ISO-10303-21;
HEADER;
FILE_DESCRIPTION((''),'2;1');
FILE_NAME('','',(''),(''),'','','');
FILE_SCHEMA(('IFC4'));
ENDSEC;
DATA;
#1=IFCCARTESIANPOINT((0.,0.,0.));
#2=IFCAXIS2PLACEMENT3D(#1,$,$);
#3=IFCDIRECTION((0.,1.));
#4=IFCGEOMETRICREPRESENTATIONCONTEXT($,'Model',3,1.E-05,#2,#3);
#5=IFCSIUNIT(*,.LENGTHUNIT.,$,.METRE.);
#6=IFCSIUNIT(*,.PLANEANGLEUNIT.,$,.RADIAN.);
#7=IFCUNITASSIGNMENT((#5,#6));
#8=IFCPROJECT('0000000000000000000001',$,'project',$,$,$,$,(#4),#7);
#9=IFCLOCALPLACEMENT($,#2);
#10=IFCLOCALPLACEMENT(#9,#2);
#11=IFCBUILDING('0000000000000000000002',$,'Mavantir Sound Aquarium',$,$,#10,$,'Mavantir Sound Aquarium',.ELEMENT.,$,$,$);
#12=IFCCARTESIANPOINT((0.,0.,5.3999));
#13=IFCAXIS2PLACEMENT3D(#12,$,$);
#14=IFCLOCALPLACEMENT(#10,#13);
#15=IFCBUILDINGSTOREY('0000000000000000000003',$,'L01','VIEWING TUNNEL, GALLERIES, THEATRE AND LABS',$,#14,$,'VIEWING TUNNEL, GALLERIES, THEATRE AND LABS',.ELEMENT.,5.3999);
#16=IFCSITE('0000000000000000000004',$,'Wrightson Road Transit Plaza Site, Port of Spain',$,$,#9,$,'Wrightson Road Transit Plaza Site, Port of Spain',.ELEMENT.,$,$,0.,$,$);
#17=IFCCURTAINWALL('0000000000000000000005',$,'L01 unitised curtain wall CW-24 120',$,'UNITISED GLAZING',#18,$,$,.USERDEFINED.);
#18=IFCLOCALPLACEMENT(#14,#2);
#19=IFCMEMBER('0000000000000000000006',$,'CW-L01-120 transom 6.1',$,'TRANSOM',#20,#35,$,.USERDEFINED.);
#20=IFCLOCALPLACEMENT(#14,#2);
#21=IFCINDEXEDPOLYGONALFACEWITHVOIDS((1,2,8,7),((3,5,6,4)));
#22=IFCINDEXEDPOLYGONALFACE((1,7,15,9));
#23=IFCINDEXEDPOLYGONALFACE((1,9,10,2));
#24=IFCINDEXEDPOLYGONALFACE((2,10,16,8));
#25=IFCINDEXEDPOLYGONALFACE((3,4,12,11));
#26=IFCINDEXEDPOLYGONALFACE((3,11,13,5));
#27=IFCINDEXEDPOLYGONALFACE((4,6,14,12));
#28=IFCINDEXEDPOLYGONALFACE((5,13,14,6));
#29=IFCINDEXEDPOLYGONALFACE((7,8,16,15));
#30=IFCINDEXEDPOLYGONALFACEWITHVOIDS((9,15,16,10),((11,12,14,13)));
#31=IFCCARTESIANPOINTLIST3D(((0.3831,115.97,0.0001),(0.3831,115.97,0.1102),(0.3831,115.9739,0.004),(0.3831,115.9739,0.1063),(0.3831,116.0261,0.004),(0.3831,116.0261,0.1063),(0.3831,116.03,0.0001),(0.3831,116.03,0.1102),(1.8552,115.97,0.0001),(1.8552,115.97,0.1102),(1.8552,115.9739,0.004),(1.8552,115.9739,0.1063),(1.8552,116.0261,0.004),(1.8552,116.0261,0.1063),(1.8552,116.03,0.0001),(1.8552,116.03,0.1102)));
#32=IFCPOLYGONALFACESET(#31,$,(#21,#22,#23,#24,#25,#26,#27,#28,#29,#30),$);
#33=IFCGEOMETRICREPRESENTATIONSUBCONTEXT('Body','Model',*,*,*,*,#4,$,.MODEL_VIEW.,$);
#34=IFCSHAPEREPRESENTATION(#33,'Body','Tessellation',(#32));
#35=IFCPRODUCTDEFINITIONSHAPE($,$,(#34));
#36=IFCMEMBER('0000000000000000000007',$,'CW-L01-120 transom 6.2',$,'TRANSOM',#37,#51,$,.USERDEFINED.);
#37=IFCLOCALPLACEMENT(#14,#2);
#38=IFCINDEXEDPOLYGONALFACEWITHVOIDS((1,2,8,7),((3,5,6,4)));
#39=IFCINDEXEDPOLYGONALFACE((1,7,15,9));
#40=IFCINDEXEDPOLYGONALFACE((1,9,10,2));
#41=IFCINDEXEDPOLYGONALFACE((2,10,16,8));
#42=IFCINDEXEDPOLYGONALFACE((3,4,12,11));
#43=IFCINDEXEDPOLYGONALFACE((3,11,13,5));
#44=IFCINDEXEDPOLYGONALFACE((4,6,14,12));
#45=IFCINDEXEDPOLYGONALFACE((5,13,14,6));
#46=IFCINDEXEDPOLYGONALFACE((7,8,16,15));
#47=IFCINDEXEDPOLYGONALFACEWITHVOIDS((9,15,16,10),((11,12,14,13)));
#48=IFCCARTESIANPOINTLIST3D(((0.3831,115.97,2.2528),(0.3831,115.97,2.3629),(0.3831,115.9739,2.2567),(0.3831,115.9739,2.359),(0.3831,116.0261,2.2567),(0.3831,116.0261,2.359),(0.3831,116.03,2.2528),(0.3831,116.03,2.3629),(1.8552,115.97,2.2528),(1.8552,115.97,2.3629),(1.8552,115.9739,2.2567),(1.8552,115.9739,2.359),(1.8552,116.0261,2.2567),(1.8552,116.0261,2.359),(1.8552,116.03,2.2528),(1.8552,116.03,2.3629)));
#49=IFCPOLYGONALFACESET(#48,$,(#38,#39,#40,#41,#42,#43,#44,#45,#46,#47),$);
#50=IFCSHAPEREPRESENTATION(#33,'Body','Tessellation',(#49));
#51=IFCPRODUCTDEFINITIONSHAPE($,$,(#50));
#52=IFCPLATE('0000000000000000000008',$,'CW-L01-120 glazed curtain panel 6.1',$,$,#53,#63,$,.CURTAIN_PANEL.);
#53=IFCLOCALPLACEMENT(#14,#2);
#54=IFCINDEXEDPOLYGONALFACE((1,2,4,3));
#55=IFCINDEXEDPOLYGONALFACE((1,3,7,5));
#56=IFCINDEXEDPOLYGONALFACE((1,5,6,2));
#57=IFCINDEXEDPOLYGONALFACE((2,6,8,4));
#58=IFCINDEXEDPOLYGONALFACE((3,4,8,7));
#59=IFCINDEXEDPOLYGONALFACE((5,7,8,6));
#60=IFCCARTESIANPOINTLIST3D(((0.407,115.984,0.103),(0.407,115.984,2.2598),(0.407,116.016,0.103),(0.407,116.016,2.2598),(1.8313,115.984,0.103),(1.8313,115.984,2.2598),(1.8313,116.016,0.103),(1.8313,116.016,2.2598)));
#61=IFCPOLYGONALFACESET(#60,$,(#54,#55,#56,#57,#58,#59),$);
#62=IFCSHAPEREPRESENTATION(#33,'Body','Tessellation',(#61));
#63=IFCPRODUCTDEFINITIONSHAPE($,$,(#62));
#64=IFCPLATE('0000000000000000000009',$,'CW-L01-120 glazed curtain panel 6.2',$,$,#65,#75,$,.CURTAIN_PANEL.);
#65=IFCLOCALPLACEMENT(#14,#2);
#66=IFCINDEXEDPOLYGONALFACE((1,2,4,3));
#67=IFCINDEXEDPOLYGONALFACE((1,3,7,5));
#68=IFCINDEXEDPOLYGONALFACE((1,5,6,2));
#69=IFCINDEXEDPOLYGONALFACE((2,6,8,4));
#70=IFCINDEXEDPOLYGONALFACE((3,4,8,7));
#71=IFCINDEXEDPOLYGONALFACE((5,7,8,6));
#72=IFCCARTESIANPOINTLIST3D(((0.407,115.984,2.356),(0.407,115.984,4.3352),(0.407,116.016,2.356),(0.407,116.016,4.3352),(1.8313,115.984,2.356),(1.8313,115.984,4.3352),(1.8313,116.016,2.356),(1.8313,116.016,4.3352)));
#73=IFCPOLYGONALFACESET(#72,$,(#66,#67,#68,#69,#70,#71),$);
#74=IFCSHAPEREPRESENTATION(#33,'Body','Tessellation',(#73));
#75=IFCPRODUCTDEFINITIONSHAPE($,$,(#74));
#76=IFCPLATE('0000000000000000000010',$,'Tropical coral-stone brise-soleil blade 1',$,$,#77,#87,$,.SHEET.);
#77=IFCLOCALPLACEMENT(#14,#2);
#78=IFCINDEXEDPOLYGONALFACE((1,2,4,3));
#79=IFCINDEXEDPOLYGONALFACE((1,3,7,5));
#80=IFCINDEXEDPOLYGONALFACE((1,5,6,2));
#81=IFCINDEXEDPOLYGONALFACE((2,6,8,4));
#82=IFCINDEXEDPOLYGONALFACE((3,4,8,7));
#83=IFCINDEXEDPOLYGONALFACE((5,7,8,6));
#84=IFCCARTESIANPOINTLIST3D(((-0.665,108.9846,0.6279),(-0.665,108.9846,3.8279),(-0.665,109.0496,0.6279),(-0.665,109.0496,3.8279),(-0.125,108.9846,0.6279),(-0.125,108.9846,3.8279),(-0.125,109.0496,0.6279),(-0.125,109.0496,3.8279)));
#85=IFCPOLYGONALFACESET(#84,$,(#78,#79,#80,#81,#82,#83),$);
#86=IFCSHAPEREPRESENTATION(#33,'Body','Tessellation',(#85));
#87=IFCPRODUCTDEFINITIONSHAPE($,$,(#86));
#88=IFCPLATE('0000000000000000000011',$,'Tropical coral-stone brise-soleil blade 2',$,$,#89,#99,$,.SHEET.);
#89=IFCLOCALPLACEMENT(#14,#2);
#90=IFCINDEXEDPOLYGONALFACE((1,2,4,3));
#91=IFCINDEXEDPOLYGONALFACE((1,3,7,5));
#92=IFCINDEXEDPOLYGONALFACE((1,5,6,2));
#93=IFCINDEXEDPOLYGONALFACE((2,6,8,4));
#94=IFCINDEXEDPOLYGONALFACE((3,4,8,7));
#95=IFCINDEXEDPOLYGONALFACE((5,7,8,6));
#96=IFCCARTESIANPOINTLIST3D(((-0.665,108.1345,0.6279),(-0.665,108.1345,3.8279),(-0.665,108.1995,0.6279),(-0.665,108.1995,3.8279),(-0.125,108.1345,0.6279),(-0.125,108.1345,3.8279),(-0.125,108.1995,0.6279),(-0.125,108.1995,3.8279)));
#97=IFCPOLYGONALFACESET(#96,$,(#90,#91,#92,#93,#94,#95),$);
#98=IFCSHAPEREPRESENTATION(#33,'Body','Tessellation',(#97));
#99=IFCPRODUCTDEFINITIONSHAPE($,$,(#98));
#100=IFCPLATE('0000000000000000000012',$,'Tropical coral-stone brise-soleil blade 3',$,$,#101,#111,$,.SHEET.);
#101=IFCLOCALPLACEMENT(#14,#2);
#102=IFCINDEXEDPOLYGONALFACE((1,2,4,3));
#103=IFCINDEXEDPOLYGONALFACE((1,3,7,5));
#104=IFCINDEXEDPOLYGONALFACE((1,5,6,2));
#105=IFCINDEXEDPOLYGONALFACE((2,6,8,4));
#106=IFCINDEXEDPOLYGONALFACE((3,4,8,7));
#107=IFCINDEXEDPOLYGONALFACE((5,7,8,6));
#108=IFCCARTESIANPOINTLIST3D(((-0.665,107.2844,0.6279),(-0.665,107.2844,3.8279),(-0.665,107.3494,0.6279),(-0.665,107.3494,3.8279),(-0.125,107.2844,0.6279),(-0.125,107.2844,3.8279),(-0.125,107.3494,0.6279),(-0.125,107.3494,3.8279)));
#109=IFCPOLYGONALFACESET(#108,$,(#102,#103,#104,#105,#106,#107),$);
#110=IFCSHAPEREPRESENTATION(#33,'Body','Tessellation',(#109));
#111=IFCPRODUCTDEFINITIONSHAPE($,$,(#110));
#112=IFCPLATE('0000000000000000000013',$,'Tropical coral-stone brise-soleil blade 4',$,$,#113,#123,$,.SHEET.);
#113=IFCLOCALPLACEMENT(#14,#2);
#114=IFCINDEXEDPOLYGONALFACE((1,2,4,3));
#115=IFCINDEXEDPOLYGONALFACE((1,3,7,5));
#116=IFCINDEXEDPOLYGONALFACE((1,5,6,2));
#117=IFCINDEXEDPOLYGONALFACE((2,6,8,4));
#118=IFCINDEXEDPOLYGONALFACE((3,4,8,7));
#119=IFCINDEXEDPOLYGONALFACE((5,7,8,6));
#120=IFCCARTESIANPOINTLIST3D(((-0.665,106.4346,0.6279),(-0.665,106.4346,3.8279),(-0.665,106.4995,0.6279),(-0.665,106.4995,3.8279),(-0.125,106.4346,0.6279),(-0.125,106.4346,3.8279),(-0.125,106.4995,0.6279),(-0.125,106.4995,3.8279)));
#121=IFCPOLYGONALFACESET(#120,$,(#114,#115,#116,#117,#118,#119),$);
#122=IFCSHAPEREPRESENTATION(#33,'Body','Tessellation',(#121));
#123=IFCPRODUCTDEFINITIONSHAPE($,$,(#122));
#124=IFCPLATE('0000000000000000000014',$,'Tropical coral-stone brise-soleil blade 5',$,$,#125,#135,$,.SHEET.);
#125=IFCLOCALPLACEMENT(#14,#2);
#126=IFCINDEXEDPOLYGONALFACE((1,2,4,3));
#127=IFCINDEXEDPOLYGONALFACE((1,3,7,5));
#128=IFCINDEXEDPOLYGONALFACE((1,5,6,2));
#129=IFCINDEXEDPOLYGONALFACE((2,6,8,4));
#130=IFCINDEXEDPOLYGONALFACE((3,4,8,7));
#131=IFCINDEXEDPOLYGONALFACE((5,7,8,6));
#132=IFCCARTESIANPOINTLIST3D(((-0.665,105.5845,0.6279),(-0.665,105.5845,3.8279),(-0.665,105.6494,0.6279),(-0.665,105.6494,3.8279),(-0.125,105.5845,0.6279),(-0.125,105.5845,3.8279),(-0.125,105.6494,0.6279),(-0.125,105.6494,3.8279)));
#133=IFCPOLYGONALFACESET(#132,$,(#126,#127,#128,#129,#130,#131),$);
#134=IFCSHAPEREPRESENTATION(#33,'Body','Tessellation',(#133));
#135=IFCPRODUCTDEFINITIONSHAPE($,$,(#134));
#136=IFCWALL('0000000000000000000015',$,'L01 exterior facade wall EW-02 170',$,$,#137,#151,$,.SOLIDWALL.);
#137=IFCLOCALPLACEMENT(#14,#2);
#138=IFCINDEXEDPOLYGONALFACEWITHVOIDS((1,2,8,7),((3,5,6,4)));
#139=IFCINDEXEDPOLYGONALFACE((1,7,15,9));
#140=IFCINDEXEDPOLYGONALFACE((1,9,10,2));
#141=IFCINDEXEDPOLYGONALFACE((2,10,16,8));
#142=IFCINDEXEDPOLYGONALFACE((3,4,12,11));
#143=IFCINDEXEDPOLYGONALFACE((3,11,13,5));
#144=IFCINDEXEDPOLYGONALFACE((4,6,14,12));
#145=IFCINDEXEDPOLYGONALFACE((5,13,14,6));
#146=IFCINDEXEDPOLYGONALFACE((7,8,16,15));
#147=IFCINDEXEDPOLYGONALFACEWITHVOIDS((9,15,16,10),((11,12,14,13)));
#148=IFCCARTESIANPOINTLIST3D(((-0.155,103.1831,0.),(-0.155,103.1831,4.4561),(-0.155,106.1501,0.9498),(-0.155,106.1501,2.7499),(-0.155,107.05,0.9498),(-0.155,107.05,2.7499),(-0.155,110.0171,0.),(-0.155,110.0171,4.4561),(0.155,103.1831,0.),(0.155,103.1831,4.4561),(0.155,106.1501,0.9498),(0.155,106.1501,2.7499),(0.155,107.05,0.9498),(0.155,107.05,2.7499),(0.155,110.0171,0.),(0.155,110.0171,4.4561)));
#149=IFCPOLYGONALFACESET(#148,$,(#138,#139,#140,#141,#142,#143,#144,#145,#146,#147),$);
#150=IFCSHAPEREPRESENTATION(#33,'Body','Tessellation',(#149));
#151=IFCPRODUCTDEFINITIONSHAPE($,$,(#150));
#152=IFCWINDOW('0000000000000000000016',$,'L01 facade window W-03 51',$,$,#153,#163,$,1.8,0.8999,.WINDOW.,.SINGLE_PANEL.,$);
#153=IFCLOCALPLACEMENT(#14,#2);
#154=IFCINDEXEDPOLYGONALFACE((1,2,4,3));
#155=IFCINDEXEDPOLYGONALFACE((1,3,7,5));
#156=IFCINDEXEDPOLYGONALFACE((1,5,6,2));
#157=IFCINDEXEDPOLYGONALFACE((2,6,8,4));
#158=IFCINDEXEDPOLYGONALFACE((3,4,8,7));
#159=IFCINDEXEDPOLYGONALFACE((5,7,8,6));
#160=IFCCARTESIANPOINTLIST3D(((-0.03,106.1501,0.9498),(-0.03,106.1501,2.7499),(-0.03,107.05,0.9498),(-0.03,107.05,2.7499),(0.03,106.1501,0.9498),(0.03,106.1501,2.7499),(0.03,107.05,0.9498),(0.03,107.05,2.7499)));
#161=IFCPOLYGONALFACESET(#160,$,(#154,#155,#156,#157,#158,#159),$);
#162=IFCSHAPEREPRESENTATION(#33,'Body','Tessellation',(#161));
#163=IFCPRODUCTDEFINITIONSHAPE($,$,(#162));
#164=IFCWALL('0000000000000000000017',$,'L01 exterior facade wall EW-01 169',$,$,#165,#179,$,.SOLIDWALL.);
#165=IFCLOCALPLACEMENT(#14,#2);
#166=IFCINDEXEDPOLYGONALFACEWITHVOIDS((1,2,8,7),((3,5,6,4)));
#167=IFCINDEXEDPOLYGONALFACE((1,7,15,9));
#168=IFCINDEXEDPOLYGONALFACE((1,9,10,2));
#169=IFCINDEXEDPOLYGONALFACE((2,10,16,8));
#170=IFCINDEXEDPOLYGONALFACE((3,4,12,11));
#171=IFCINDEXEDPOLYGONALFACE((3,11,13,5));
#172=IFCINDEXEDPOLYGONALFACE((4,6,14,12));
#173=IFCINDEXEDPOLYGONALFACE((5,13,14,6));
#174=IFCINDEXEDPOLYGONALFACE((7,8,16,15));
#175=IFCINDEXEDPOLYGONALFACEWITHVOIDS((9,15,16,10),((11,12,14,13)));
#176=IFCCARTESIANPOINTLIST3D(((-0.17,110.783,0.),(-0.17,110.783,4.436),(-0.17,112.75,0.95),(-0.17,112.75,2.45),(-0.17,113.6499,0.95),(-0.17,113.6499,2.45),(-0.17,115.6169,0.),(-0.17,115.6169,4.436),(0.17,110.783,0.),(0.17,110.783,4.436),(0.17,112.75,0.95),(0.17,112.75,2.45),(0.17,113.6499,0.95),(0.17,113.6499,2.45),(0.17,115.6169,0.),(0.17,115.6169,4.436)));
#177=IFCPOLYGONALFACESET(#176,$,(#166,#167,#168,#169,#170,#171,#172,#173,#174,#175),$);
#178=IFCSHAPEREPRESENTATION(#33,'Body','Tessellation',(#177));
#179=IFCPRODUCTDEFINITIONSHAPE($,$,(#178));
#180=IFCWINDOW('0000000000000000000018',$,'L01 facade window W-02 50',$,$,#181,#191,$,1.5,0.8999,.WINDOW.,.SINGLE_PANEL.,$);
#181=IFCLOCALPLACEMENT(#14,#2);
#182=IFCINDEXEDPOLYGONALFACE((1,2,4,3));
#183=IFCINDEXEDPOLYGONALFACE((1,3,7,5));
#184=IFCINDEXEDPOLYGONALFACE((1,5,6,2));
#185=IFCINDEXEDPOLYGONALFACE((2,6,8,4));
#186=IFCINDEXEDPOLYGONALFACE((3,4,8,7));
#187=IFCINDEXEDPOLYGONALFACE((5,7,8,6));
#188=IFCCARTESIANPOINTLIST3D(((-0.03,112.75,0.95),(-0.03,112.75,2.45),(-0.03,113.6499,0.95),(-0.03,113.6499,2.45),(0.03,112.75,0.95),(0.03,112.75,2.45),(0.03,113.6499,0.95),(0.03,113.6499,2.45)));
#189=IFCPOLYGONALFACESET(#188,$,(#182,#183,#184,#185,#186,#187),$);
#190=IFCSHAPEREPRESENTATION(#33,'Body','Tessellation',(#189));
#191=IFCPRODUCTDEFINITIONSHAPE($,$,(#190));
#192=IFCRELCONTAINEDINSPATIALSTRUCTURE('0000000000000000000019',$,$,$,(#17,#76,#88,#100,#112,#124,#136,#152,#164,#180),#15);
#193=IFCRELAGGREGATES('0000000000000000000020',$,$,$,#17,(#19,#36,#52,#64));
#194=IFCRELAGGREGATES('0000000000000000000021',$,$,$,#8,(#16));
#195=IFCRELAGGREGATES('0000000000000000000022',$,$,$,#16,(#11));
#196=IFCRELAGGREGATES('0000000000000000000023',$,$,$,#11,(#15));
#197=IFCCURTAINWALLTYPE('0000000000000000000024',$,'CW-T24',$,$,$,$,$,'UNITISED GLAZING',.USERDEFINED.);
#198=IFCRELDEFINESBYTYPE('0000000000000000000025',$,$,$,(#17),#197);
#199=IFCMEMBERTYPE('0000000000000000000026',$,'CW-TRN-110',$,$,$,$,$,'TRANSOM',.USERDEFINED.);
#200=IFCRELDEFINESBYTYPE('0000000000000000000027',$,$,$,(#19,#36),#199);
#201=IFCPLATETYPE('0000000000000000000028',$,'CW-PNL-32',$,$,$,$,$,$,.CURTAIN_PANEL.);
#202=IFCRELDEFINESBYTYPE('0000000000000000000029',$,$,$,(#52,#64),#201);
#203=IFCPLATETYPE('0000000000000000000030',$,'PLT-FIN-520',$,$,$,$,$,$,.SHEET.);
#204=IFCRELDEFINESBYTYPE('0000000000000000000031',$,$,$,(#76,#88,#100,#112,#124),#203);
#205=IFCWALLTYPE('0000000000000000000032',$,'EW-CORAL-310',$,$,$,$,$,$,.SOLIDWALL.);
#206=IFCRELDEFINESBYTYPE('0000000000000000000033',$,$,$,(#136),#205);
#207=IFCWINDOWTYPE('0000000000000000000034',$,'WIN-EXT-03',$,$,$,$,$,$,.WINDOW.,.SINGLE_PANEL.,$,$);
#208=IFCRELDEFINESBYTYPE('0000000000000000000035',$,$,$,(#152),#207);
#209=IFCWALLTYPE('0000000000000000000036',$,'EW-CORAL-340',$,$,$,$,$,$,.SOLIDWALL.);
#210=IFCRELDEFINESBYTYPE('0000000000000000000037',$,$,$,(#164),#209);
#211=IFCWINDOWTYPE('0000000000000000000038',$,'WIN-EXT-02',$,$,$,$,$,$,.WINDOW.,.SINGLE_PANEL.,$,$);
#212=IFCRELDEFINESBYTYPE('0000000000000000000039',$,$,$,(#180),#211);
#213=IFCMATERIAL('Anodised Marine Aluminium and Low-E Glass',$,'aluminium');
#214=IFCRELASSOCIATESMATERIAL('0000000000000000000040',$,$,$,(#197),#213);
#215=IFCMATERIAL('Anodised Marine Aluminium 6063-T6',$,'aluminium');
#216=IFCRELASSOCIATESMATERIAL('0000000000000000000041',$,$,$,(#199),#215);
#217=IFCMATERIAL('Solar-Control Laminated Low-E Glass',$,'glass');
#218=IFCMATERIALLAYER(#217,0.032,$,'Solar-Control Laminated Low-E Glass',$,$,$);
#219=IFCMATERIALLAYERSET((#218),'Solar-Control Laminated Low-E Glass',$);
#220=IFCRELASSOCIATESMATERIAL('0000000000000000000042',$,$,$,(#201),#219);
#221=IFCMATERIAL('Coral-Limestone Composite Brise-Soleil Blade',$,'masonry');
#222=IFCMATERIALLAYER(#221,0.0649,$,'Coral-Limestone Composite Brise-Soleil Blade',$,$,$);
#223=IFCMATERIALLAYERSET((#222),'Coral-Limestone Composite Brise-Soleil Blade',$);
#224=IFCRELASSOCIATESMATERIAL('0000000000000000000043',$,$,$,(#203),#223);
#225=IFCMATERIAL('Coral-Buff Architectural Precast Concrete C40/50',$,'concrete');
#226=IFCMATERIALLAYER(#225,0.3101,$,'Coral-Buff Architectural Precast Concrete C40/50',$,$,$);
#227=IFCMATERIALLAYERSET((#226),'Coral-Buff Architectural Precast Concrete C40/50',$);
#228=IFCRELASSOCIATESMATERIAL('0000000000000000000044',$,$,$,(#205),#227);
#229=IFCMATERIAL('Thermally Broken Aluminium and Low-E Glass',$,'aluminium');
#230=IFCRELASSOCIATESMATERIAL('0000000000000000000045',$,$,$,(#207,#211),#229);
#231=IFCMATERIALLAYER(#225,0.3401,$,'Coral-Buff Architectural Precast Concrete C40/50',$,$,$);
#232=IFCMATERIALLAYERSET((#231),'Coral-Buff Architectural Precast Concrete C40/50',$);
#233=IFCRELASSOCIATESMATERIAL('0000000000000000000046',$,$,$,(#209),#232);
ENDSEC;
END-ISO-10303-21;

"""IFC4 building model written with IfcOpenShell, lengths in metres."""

from ifc_helpers import new_model, si_unit, direction, frame, frame_2d, origin, origin_2d, place, context, subcontext, project, spatial, rectangle, hollow_rectangle, extrude, material, layer, layer_set, material_profile, profile_set, type_object, element, fill, aggregate, save


model = new_model("IFC4")

# Units and contexts
model_context = context("Model", 3, precision=1e-05, world=origin(), true_north=direction((0.0, 1.0)))
body_context = subcontext(model_context, "Body", "Model", "MODEL_VIEW")
ifc_project = project(units=[si_unit("LENGTHUNIT", "METRE"), si_unit("PLANEANGLEUNIT", "RADIAN")], contexts=[model_context])

# Site, building, storey
site_placement = place(None, origin())
site = spatial("IfcSite", under=ifc_project, at=site_placement, Name="Wrightson Road Transit Plaza Site, Port of Spain", LongName="Wrightson Road Transit Plaza Site, Port of Spain", CompositionType="ELEMENT", RefElevation=0.0)
building_placement = place(site_placement, origin())
building = spatial("IfcBuilding", under=site, at=building_placement, Name="Mavantir Sound Aquarium", LongName="Mavantir Sound Aquarium", CompositionType="ELEMENT")
storey_placement = place(building_placement, frame((0.0, 0.0, 5.3999)))
storey = spatial("IfcBuildingStorey", under=building, at=storey_placement, Name="L01", Description="VIEWING TUNNEL, GALLERIES, THEATRE AND LABS", LongName="VIEWING TUNNEL, GALLERIES, THEATRE AND LABS", CompositionType="ELEMENT", Elevation=5.3999)

# Curtain wall, members, plates
ifc_material_1 = material(Name="Anodised Marine Aluminium and Low-E Glass", Category="aluminium")
curtain_wall_type = type_object("IfcCurtainWallType", Name="CW-T24", ElementType="UNITISED GLAZING", PredefinedType="USERDEFINED", material=ifc_material_1)
curtain_wall_placement = place(storey_placement, origin())
curtain_wall = element("IfcCurtainWall", 1, at=curtain_wall_placement, inside=storey, type_object=curtain_wall_type, Name="L01 unitised curtain wall CW-24 120", ObjectType="UNITISED GLAZING", PredefinedType="USERDEFINED")
ifc_material_2 = material(Name="Anodised Marine Aluminium 6063-T6", Category="aluminium")
ifc_material_profile_1 = material_profile(ifc_material_2, hollow_rectangle(XDim=0.0601, YDim=0.1101, WallThickness=0.0039, at=origin_2d()), Name="ALU-TRANSOM-110X60")
ifc_profile_set_1 = profile_set([ifc_material_profile_1], Name="Anodised Marine Aluminium 6063-T6")
member_type_1 = type_object("IfcMemberType", Name="CW-TRN-110", ElementType="TRANSOM", PredefinedType="USERDEFINED", material=ifc_profile_set_1)
member_1_placement = place(storey_placement, frame((1.8552, 116.0, 0.0552), z_axis=(-1.0, 0.0, 0.0), x_axis=(0.0, -1.0, 0.0)))
member_1 = element("IfcMember", 2, at=member_1_placement, type_object=member_type_1, Name="CW-L01-120 transom 6.1", ObjectType="TRANSOM", PredefinedType="USERDEFINED", context=body_context, shape_type="SweptSolid", body=[
    extrude(hollow_rectangle(XDim=0.0601, YDim=0.1101, WallThickness=0.0039, at=origin_2d()), origin(), (0.0, 0.0, 1.0), 1.4722),
])
member_2_placement = place(storey_placement, frame((1.8552, 116.0, 2.3079), z_axis=(-1.0, 0.0, 0.0), x_axis=(0.0, -1.0, 0.0)))
member_2 = element("IfcMember", 3, at=member_2_placement, type_object=member_type_1, Name="CW-L01-120 transom 6.2", ObjectType="TRANSOM", PredefinedType="USERDEFINED", context=body_context, shape_type="SweptSolid", body=[
    extrude(hollow_rectangle(XDim=0.0601, YDim=0.1101, WallThickness=0.0039, at=origin_2d()), origin(), (0.0, 0.0, 1.0), 1.4722),
])
ifc_material_3 = material(Name="Solar-Control Laminated Low-E Glass", Category="glass")
ifc_layer_1 = layer(ifc_material_3, 0.032, Name="Solar-Control Laminated Low-E Glass")
ifc_layer_set_1 = layer_set([ifc_layer_1], Name="Solar-Control Laminated Low-E Glass")
plate_type_1 = type_object("IfcPlateType", Name="CW-PNL-32", PredefinedType="CURTAIN_PANEL", material=ifc_layer_set_1)
plate_1_placement = place(storey_placement, frame((1.1191, 116.0, 0.103), z_axis=(0.0, 0.0, 1.0), x_axis=(-1.0, 0.0, 0.0)))
plate_1 = element("IfcPlate", 4, at=plate_1_placement, type_object=plate_type_1, Name="CW-L01-120 glazed curtain panel 6.1", PredefinedType="CURTAIN_PANEL", context=body_context, shape_type="SweptSolid", body=[
    extrude(rectangle(XDim=1.4243, YDim=0.032, at=origin_2d()), origin(), (0.0, 0.0, 1.0), 2.1567),
])
plate_2_placement = place(storey_placement, frame((1.1191, 116.0, 2.356), z_axis=(0.0, 0.0, 1.0), x_axis=(-1.0, 0.0, 0.0)))
plate_2 = element("IfcPlate", 5, at=plate_2_placement, type_object=plate_type_1, Name="CW-L01-120 glazed curtain panel 6.2", PredefinedType="CURTAIN_PANEL", context=body_context, shape_type="SweptSolid", body=[
    extrude(rectangle(XDim=1.4243, YDim=0.032, at=origin_2d()), origin(), (0.0, 0.0, 1.0), 1.9792),
])
aggregate(curtain_wall, [member_1, member_2, plate_1, plate_2])

# Plates
ifc_material_4 = material(Name="Coral-Limestone Composite Brise-Soleil Blade", Category="masonry")
ifc_layer_2 = layer(ifc_material_4, 0.0649, Name="Coral-Limestone Composite Brise-Soleil Blade")
ifc_layer_set_2 = layer_set([ifc_layer_2], Name="Coral-Limestone Composite Brise-Soleil Blade")
plate_type_2 = type_object("IfcPlateType", Name="PLT-FIN-520", PredefinedType="SHEET", material=ifc_layer_set_2)
for number, where, z_axis, x_axis, name in (
    (6, (-0.395, 109.0171, 0.6279), (0.0, 0.0, 1.0), (0.0, 1.0, 0.0), "Tropical coral-stone brise-soleil blade 1"),
    (7, (-0.395, 108.167, 0.6279), (0.0, 0.0, 1.0), (0.0, 1.0, 0.0), "Tropical coral-stone brise-soleil blade 2"),
    (8, (-0.395, 107.3169, 0.6279), (0.0, 0.0, 1.0), (0.0, 1.0, 0.0), "Tropical coral-stone brise-soleil blade 3"),
    (9, (-0.395, 106.467, 0.6279), (0.0, 0.0, 1.0), (0.0, 1.0, 0.0), "Tropical coral-stone brise-soleil blade 4"),
    (10, (-0.395, 105.6169, 0.6279), (0.0, 0.0, 1.0), (0.0, 1.0, 0.0), "Tropical coral-stone brise-soleil blade 5"),
):
    element("IfcPlate", number, at=place(storey_placement, frame(where, z_axis=z_axis, x_axis=x_axis)), inside=storey, type_object=plate_type_2, Name=name, PredefinedType="SHEET", context=body_context, shape_type="SweptSolid", body=[
        extrude(rectangle(XDim=0.0649, YDim=0.54, at=origin_2d()), origin(), (0.0, 0.0, 1.0), 3.2),
    ])

# Walls, openings, windows
ifc_material_5 = material(Name="Coral-Buff Architectural Precast Concrete C40/50", Category="concrete")
ifc_layer_3 = layer(ifc_material_5, 0.3101, Name="Coral-Buff Architectural Precast Concrete C40/50")
ifc_layer_set_3 = layer_set([ifc_layer_3], Name="Coral-Buff Architectural Precast Concrete C40/50")
wall_type_1 = type_object("IfcWallType", Name="EW-CORAL-310", PredefinedType="SOLIDWALL", material=ifc_layer_set_3)
wall_1_placement = place(storey_placement, frame((0.0, 110.0171, 0.0), z_axis=(0.0, 0.0, 1.0), x_axis=(0.0, -1.0, 0.0)))
wall_1 = element("IfcWall", 11, at=wall_1_placement, inside=storey, type_object=wall_type_1, Name="L01 exterior facade wall EW-02 170", PredefinedType="SOLIDWALL", context=body_context, shape_type="SweptSolid", body=[
    extrude(rectangle(XDim=6.834, YDim=0.3101, at=frame_2d((3.417, 0.0))), origin(), (0.0, 0.0, 1.0), 4.4561),
])
opening_1_placement = place(wall_1_placement, frame((2.967, 0.0, 0.95)))
opening_1 = element("IfcOpeningElement", 12, at=opening_1_placement, cuts=wall_1, PredefinedType="OPENING", context=body_context, shape_type="SweptSolid", body=[
    extrude(rectangle(XDim=0.8999, YDim=1.8, at=frame_2d((0.45, 0.8999))), frame((0.0, 0.165, 0.0), z_axis=(0.0, -1.0, 0.0), x_axis=(1.0, 0.0, 0.0)), (0.0, 0.0, 1.0), 0.3301),
])
ifc_material_6 = material(Name="Thermally Broken Aluminium and Low-E Glass", Category="aluminium")
window_type_1 = type_object("IfcWindowType", Name="WIN-EXT-03", PartitioningType="SINGLE_PANEL", PredefinedType="WINDOW", material=ifc_material_6)
window_1_placement = place(opening_1_placement, origin())
window_1 = element("IfcWindow", 13, at=window_1_placement, inside=storey, type_object=window_type_1, Name="L01 facade window W-03 51", OverallHeight=1.8, OverallWidth=0.8999, PartitioningType="SINGLE_PANEL", PredefinedType="WINDOW", context=body_context, shape_type="SweptSolid", body=[
    extrude(rectangle(XDim=0.8999, YDim=1.8, at=frame_2d((0.45, 0.8999))), frame((0.0, 0.03, 0.0), z_axis=(0.0, -1.0, 0.0), x_axis=(1.0, 0.0, 0.0)), (0.0, 0.0, 1.0), 0.0601),
])
fill(opening_1, window_1)
ifc_layer_4 = layer(ifc_material_5, 0.3401, Name="Coral-Buff Architectural Precast Concrete C40/50")
ifc_layer_set_4 = layer_set([ifc_layer_4], Name="Coral-Buff Architectural Precast Concrete C40/50")
wall_type_2 = type_object("IfcWallType", Name="EW-CORAL-340", PredefinedType="SOLIDWALL", material=ifc_layer_set_4)
wall_2_placement = place(storey_placement, frame((0.0, 115.6169, 0.0), z_axis=(0.0, 0.0, 1.0), x_axis=(0.0, -1.0, 0.0)))
wall_2 = element("IfcWall", 14, at=wall_2_placement, inside=storey, type_object=wall_type_2, Name="L01 exterior facade wall EW-01 169", PredefinedType="SOLIDWALL", context=body_context, shape_type="SweptSolid", body=[
    extrude(rectangle(XDim=4.834, YDim=0.3401, at=frame_2d((2.417, 0.0))), origin(), (0.0, 0.0, 1.0), 4.436),
])
opening_2_placement = place(wall_2_placement, frame((1.967, 0.0, 0.95)))
opening_2 = element("IfcOpeningElement", 15, at=opening_2_placement, cuts=wall_2, PredefinedType="OPENING", context=body_context, shape_type="SweptSolid", body=[
    extrude(rectangle(XDim=0.8999, YDim=1.5, at=frame_2d((0.45, 0.75))), frame((0.0, 0.1802, 0.0), z_axis=(0.0, -1.0, 0.0), x_axis=(1.0, 0.0, 0.0)), (0.0, 0.0, 1.0), 0.3601),
])
window_type_2 = type_object("IfcWindowType", Name="WIN-EXT-02", PartitioningType="SINGLE_PANEL", PredefinedType="WINDOW", material=ifc_material_6)
window_2_placement = place(opening_2_placement, origin())
window_2 = element("IfcWindow", 16, at=window_2_placement, inside=storey, type_object=window_type_2, Name="L01 facade window W-02 50", OverallHeight=1.5, OverallWidth=0.8999, PartitioningType="SINGLE_PANEL", PredefinedType="WINDOW", context=body_context, shape_type="SweptSolid", body=[
    extrude(rectangle(XDim=0.8999, YDim=1.5, at=frame_2d((0.45, 0.75))), frame((0.0, 0.03, 0.0), z_axis=(0.0, -1.0, 0.0), x_axis=(1.0, 0.0, 0.0)), (0.0, 0.0, 1.0), 0.0601),
])
fill(opening_2, window_2)

save(model, "model.ifc")
